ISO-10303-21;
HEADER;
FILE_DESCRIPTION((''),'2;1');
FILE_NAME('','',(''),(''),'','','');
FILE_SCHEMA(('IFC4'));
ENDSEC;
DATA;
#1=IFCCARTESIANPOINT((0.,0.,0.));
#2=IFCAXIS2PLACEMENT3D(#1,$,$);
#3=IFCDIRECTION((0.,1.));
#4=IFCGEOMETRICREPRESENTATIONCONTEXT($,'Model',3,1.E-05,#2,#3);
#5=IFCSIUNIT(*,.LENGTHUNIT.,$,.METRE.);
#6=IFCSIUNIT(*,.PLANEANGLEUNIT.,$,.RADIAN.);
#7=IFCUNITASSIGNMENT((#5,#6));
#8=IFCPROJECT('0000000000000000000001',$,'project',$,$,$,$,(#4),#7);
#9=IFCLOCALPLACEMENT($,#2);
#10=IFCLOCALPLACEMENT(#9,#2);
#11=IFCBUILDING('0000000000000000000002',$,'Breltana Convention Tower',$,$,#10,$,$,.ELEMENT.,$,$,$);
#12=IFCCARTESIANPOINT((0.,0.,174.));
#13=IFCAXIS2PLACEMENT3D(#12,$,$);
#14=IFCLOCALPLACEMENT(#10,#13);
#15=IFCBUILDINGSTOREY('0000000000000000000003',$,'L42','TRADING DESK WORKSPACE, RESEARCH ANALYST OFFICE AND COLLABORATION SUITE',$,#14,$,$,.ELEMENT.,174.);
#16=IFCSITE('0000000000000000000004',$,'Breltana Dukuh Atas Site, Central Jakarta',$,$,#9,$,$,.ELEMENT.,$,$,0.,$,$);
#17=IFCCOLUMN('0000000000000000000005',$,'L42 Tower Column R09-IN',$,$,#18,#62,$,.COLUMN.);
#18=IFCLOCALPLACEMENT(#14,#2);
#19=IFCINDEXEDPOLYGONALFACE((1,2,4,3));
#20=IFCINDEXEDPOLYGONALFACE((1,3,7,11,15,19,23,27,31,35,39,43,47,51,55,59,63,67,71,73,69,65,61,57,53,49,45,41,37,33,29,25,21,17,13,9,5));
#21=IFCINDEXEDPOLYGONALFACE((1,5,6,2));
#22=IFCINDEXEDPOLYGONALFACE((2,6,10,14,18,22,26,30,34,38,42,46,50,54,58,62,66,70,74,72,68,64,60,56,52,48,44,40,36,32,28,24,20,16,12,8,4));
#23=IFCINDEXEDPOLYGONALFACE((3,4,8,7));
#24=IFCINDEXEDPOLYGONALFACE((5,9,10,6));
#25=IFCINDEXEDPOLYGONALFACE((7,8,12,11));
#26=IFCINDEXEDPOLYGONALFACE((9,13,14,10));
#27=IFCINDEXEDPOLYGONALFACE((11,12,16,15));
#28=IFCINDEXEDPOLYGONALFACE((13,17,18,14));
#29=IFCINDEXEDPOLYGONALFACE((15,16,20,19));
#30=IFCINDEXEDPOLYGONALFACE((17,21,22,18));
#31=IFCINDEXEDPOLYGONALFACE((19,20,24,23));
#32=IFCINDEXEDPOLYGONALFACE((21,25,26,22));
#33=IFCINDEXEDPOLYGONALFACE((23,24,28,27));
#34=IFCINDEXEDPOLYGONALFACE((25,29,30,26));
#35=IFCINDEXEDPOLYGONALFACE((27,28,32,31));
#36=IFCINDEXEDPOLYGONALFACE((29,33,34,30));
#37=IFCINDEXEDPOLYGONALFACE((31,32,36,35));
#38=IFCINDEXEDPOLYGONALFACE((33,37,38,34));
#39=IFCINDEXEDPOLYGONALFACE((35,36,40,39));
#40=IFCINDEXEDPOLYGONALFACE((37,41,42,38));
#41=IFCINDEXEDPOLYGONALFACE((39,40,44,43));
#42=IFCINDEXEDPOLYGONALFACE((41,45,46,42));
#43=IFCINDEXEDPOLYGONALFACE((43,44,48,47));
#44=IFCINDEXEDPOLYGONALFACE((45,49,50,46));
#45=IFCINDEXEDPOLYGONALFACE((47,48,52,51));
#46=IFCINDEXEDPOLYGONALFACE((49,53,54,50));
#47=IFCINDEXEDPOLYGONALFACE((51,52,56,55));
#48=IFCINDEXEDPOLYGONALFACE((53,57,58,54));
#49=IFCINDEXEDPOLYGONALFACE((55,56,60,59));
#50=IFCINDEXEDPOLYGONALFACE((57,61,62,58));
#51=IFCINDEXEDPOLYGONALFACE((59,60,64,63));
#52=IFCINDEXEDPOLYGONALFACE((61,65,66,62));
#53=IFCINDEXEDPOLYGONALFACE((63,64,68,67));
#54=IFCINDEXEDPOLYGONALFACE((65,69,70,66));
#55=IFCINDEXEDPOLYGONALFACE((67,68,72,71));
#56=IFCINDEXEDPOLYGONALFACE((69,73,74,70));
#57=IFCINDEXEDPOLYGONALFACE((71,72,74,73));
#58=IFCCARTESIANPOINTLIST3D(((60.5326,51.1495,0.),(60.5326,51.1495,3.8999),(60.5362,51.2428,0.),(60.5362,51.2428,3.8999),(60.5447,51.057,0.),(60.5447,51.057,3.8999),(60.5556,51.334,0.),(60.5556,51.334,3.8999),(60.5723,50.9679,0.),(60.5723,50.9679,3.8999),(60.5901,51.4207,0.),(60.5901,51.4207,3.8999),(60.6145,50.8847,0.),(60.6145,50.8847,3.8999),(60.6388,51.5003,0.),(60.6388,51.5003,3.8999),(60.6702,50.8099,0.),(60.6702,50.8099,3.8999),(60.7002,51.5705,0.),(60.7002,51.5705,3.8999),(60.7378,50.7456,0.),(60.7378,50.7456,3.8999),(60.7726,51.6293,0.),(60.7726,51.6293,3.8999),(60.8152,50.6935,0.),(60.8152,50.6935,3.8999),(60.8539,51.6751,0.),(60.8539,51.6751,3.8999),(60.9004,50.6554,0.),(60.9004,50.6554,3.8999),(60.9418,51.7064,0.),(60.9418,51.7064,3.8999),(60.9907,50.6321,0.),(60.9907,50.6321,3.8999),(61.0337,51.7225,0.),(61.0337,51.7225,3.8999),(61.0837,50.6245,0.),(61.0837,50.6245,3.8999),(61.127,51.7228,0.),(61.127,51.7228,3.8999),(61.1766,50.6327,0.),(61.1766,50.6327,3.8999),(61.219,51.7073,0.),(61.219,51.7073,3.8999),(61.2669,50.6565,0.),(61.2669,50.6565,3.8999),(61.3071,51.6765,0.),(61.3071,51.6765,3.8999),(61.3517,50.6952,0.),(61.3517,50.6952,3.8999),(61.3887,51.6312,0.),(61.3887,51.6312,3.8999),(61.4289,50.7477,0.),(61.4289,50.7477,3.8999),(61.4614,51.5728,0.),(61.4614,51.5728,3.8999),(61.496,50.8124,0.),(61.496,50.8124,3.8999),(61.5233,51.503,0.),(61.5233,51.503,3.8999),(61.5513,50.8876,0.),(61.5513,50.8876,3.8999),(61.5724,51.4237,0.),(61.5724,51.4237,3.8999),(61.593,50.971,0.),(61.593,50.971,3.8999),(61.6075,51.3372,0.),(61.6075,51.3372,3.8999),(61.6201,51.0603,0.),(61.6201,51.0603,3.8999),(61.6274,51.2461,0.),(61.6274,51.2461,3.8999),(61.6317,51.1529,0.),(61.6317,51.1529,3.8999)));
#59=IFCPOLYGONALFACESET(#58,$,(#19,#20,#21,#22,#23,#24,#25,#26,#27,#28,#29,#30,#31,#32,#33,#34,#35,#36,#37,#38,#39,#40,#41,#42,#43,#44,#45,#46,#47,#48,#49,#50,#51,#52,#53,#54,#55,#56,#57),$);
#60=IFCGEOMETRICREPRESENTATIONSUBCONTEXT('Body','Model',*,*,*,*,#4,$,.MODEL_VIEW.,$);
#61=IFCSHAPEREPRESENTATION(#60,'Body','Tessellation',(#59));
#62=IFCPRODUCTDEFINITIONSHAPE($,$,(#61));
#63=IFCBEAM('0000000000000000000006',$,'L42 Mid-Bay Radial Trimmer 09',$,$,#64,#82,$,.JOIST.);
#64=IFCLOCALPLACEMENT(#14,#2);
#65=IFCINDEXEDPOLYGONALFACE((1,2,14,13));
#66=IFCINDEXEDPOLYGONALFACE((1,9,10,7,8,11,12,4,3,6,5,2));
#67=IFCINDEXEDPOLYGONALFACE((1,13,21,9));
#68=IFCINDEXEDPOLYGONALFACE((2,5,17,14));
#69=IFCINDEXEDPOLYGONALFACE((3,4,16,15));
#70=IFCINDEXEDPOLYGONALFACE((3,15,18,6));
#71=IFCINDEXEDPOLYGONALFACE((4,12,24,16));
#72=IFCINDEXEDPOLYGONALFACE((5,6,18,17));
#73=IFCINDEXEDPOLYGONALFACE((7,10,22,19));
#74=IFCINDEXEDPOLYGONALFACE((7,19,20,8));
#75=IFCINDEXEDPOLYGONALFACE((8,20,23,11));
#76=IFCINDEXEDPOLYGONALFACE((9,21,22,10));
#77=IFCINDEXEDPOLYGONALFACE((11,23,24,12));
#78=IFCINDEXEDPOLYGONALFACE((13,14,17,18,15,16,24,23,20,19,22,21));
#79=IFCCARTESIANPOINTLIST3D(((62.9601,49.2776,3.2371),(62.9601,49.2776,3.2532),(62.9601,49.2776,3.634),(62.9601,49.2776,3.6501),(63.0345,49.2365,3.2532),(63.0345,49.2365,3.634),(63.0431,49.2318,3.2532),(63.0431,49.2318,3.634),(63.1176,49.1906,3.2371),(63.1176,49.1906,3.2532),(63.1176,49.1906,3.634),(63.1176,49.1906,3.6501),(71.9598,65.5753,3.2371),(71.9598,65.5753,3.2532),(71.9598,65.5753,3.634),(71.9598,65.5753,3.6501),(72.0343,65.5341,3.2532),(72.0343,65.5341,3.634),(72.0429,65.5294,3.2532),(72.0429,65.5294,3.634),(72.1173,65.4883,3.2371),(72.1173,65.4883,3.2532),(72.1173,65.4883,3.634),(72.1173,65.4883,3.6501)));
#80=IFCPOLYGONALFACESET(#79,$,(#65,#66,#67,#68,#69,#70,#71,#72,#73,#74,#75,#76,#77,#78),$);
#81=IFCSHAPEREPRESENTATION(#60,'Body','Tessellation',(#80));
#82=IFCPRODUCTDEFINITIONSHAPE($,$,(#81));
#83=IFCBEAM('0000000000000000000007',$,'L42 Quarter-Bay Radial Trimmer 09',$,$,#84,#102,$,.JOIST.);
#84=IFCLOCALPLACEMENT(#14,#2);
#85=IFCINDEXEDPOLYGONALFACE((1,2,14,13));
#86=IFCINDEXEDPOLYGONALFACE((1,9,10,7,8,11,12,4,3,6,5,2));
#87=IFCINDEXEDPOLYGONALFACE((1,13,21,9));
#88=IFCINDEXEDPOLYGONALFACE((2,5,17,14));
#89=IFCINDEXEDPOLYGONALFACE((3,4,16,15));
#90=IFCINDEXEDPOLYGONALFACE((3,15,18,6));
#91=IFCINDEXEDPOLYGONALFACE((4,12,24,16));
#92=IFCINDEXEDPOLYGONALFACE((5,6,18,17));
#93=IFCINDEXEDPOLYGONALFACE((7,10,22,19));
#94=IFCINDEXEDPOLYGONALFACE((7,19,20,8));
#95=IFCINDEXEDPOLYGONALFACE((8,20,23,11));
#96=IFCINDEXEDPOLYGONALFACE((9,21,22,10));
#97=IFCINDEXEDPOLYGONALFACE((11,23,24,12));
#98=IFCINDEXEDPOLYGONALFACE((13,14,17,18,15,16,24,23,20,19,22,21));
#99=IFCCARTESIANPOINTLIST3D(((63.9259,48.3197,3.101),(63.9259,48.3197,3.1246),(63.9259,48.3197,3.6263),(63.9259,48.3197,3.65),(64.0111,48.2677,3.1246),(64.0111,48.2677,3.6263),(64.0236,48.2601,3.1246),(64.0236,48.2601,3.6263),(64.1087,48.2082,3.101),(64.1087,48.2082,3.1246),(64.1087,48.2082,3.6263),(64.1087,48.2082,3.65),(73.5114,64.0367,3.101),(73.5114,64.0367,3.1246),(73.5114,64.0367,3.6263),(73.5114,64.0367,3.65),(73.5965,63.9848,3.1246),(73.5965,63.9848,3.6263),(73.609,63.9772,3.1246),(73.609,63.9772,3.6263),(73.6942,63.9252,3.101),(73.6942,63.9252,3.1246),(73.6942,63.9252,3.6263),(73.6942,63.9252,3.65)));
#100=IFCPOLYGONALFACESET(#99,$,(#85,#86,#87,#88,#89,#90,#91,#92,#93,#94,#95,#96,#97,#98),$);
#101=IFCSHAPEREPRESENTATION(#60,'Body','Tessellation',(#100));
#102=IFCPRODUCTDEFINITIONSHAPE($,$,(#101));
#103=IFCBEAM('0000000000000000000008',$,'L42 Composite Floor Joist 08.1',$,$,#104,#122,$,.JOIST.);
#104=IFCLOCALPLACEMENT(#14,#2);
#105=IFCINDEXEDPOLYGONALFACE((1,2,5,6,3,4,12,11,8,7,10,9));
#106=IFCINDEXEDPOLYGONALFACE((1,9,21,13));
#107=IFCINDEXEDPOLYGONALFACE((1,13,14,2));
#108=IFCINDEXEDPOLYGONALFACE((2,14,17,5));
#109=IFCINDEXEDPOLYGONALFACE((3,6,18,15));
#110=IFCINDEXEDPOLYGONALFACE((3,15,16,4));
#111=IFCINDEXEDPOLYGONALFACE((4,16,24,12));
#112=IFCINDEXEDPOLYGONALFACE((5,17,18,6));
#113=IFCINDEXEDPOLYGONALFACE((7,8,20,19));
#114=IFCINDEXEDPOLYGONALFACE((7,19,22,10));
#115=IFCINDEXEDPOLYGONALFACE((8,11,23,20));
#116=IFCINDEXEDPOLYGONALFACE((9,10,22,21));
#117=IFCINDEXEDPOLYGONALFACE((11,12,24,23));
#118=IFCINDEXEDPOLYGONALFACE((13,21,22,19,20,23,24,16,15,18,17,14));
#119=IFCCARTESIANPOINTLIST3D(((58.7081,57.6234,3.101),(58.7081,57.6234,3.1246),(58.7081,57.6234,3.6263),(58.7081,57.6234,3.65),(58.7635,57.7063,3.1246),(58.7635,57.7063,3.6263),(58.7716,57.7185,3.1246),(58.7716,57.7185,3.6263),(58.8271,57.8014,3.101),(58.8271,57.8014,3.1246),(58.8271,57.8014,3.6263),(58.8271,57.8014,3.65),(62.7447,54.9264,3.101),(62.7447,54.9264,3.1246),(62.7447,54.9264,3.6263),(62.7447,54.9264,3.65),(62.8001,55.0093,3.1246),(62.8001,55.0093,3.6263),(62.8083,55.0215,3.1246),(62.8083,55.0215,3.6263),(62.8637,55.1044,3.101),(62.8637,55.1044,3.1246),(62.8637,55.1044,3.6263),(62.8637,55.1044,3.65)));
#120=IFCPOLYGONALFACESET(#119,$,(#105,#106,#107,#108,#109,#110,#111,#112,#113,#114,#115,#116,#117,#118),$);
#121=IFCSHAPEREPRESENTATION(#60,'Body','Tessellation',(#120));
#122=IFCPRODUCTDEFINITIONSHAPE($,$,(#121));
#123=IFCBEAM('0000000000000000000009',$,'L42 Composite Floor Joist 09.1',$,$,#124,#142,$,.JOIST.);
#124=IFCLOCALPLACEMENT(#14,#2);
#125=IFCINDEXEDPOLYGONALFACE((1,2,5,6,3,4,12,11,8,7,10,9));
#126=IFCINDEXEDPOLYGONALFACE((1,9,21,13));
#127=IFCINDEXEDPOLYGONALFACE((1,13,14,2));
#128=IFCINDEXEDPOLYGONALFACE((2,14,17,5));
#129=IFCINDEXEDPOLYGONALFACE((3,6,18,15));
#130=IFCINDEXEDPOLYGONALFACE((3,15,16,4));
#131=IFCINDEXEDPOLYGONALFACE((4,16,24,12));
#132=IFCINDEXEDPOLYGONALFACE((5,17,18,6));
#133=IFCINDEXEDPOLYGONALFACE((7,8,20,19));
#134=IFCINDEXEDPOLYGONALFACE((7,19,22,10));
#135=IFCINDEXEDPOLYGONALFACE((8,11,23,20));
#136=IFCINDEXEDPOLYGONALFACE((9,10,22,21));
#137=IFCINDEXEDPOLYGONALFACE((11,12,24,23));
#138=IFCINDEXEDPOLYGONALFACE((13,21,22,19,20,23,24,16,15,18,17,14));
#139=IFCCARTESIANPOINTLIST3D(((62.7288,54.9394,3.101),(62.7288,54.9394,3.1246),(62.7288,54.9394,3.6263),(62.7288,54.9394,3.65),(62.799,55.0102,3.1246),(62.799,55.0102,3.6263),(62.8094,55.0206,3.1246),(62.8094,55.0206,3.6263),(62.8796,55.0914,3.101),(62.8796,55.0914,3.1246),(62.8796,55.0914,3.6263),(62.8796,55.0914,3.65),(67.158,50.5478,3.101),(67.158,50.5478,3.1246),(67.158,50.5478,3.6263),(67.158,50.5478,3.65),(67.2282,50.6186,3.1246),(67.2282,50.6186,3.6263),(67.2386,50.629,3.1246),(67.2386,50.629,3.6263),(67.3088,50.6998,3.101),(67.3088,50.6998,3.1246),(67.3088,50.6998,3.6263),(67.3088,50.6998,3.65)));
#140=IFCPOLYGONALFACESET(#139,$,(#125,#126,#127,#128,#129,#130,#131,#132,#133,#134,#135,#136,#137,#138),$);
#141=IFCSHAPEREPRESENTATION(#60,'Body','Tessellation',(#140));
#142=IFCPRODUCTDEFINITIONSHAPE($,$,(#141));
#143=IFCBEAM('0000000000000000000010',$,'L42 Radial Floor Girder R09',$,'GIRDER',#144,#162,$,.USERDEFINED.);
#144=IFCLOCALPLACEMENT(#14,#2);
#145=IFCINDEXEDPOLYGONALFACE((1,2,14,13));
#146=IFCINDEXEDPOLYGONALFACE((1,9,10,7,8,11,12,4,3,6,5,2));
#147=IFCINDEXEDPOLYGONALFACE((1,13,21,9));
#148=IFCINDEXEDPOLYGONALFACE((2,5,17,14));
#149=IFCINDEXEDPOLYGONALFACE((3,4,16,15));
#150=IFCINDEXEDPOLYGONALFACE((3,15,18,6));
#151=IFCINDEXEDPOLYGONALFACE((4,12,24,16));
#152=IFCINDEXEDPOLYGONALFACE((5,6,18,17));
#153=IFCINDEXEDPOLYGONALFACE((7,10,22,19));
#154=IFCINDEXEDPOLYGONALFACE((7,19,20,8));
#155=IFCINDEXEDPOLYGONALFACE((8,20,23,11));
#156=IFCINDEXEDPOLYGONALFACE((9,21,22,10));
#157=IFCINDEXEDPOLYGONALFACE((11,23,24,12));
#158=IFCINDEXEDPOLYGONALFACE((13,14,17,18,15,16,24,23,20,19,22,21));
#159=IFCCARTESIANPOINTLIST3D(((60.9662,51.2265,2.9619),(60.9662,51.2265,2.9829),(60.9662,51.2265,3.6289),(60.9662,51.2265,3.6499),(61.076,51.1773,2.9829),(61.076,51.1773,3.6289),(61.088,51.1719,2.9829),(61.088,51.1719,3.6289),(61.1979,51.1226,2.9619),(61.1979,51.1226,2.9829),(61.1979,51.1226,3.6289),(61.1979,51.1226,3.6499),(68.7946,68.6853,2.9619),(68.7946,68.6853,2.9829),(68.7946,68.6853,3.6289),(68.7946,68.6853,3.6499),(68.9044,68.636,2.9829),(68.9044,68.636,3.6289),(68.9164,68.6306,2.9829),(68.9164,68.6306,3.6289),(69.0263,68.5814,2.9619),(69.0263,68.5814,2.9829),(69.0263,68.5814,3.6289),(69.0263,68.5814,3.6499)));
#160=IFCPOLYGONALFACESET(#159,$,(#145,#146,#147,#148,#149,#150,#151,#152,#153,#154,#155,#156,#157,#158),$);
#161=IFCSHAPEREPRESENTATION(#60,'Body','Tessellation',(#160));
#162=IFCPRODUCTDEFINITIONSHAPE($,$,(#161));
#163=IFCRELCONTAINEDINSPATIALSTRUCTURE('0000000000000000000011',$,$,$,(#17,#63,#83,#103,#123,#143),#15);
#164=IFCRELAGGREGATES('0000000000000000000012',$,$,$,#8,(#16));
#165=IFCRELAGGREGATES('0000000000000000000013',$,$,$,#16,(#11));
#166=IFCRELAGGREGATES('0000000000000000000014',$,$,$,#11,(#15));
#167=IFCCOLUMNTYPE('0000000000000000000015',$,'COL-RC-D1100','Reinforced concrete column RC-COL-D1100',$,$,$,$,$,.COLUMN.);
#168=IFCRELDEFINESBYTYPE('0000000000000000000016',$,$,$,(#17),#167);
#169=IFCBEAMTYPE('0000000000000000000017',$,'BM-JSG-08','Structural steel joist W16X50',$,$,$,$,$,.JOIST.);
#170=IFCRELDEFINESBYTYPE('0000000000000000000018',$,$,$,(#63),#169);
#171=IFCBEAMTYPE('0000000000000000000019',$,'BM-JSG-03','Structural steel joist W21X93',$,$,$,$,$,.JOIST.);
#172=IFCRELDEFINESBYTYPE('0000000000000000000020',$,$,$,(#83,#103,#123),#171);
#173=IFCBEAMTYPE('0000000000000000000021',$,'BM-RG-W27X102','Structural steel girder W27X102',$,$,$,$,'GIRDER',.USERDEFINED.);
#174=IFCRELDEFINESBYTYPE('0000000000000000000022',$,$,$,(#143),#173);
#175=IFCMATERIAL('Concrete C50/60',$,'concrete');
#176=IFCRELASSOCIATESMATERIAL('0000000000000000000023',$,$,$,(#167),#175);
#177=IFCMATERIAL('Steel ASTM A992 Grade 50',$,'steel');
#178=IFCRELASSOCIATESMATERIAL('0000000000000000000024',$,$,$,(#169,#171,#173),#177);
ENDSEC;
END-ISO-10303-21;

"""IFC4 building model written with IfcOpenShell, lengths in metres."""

from ifc_helpers import new_model, si_unit, direction, frame, origin, origin_2d, place, context, subcontext, project, spatial, circle, i_section, extrude, source, transform, mapped, material, material_profile, profile_set, type_object, element, save


model = new_model("IFC4")

# Units and contexts
model_context = context("Model", 3, precision=1e-05, world=origin(), true_north=direction((0.0, 1.0)))
body_context = subcontext(model_context, "Body", "Model", "MODEL_VIEW")
ifc_project = project(units=[si_unit("LENGTHUNIT", "METRE"), si_unit("PLANEANGLEUNIT", "RADIAN")], contexts=[model_context])

# Site, building, storey
site_placement = place(None, origin())
site = spatial("IfcSite", under=ifc_project, at=site_placement, Name="Breltana Dukuh Atas Site, Central Jakarta", CompositionType="ELEMENT", RefElevation=0.0)
building_placement = place(site_placement, origin())
building = spatial("IfcBuilding", under=site, at=building_placement, Name="Breltana Convention Tower", CompositionType="ELEMENT")
storey_placement = place(building_placement, frame((0.0, 0.0, 174.0)))
storey = spatial("IfcBuildingStorey", under=building, at=storey_placement, Name="L42", Description="TRADING DESK WORKSPACE, RESEARCH ANALYST OFFICE AND COLLABORATION SUITE", CompositionType="ELEMENT", Elevation=174.0)

# Column
ifc_material_1 = material(Name="Concrete C50/60", Category="concrete")
ifc_material_profile_1 = material_profile(ifc_material_1, circle(Radius=0.55, at=origin_2d()), Name="RC-COL-D1100")
ifc_profile_set_1 = profile_set([ifc_material_profile_1], Name="Concrete C50/60")
column_type = type_object("IfcColumnType", Name="COL-RC-D1100", Description="Reinforced concrete column RC-COL-D1100", PredefinedType="COLUMN", material=ifc_profile_set_1)
shared_shape_1 = source(origin(), body_context, "Body", "SweptSolid", [
    extrude(circle(Radius=0.55, at=origin_2d()), origin(), (0.0, 0.0, 1.0), 3.8999),
])
column_placement = place(storey_placement, frame((61.082, 51.1746, 0.0), z_axis=(0.0, 0.0, 1.0), x_axis=(0.409127, 0.912477, 0.0)))
element("IfcColumn", 1, at=column_placement, inside=storey, type_object=column_type, Name="L42 Tower Column R09-IN", PredefinedType="COLUMN", context=body_context, shape_type="MappedRepresentation", body=[
    mapped(shared_shape_1, transform((0.0, 0.0, 0.0), scale=1.0)),
])

# Beams
ifc_material_2 = material(Name="Steel ASTM A992 Grade 50", Category="steel")
ifc_material_profile_2 = material_profile(ifc_material_2, i_section(OverallWidth=0.1799, OverallDepth=0.4131, WebThickness=0.0098, FlangeThickness=0.0161, at=origin_2d()), Name="W16X50")
ifc_profile_set_2 = profile_set([ifc_material_profile_2], Name="Steel ASTM A992 Grade 50")
beam_type_1 = type_object("IfcBeamType", Name="BM-JSG-08", Description="Structural steel joist W16X50", PredefinedType="JOIST", material=ifc_profile_set_2)
shared_shape_2 = source(origin(), body_context, "Body", "SweptSolid", [
    extrude(i_section(OverallWidth=0.1799, OverallDepth=0.4131, WebThickness=0.0098, FlangeThickness=0.0161, at=origin_2d()), origin(), (0.0, 0.0, 1.0), 18.6174),
])
beam_1_placement = place(storey_placement, frame((63.0388, 49.2341, 3.4436), z_axis=(0.483406, 0.875396, 0.0), x_axis=(-0.875396, 0.483406, 0.0)))
element("IfcBeam", 2, at=beam_1_placement, inside=storey, type_object=beam_type_1, Name="L42 Mid-Bay Radial Trimmer 09", PredefinedType="JOIST", context=body_context, shape_type="MappedRepresentation", body=[
    mapped(shared_shape_2, transform((0.0, 0.0, 0.0), scale=1.0)),
])
ifc_material_profile_3 = material_profile(ifc_material_2, i_section(OverallWidth=0.2141, OverallDepth=0.5491, WebThickness=0.0146, FlangeThickness=0.0237, at=origin_2d()), Name="W21X93")
ifc_profile_set_3 = profile_set([ifc_material_profile_3], Name="Steel ASTM A992 Grade 50")
beam_type_2 = type_object("IfcBeamType", Name="BM-JSG-03", Description="Structural steel joist W21X93", PredefinedType="JOIST", material=ifc_profile_set_3)
shared_shape_3 = source(origin(), body_context, "Body", "SweptSolid", [
    extrude(i_section(OverallWidth=0.2141, OverallDepth=0.5491, WebThickness=0.0146, FlangeThickness=0.0237, at=origin_2d()), origin(), (0.0, 0.0, 1.0), 18.4094),
])
beam_2_placement = place(storey_placement, frame((64.0173, 48.2639, 3.3755), z_axis=(0.520682, 0.853751, 0.0), x_axis=(-0.853751, 0.520682, 0.0)))
element("IfcBeam", 3, at=beam_2_placement, inside=storey, type_object=beam_type_2, Name="L42 Quarter-Bay Radial Trimmer 09", PredefinedType="JOIST", context=body_context, shape_type="MappedRepresentation", body=[
    mapped(shared_shape_3, transform((0.0, 0.0, 0.0), scale=1.0)),
])
shared_shape_4 = source(origin(), body_context, "Body", "SweptSolid", [
    extrude(i_section(OverallWidth=0.2141, OverallDepth=0.5491, WebThickness=0.0146, FlangeThickness=0.0237, at=origin_2d()), origin(), (0.0, 0.0, 1.0), 4.8547),
])
beam_3_placement = place(storey_placement, frame((58.7676, 57.7124, 3.3755), z_axis=(0.831485, -0.555547, 0.0), x_axis=(0.555547, 0.831485, 0.0)))
element("IfcBeam", 4, at=beam_3_placement, inside=storey, type_object=beam_type_2, Name="L42 Composite Floor Joist 08.1", PredefinedType="JOIST", context=body_context, shape_type="MappedRepresentation", body=[
    mapped(shared_shape_4, transform((0.0, 0.0, 0.0), scale=1.0)),
])
shared_shape_5 = source(origin(), body_context, "Body", "SweptSolid", [
    extrude(i_section(OverallWidth=0.2141, OverallDepth=0.5491, WebThickness=0.0146, FlangeThickness=0.0237, at=origin_2d()), origin(), (0.0, 0.0, 1.0), 6.2373),
])
beam_4_placement = place(storey_placement, frame((62.8042, 55.0154, 3.3755), z_axis=(0.710114, -0.704086, 0.0), x_axis=(0.704086, 0.710114, 0.0)))
element("IfcBeam", 5, at=beam_4_placement, inside=storey, type_object=beam_type_2, Name="L42 Composite Floor Joist 09.1", PredefinedType="JOIST", context=body_context, shape_type="MappedRepresentation", body=[
    mapped(shared_shape_5, transform((0.0, 0.0, 0.0), scale=1.0)),
])
ifc_material_profile_4 = material_profile(ifc_material_2, i_section(OverallWidth=0.2539, OverallDepth=0.688, WebThickness=0.0132, FlangeThickness=0.021, at=origin_2d()), Name="W27X102")
ifc_profile_set_4 = profile_set([ifc_material_profile_4], Name="Steel ASTM A992 Grade 50")
beam_type_3 = type_object("IfcBeamType", Name="BM-RG-W27X102", Description="Structural steel girder W27X102", ElementType="GIRDER", PredefinedType="USERDEFINED", material=ifc_profile_set_4)
shared_shape_6 = source(origin(), body_context, "Body", "SweptSolid", [
    extrude(i_section(OverallWidth=0.2539, OverallDepth=0.688, WebThickness=0.0132, FlangeThickness=0.021, at=origin_2d()), origin(), (0.0, 0.0, 1.0), 19.1335),
])
beam_5_placement = place(storey_placement, frame((61.082, 51.1746, 3.3059), z_axis=(0.409145, 0.91247, 0.0), x_axis=(-0.91247, 0.409145, 0.0)))
element("IfcBeam", 6, at=beam_5_placement, inside=storey, type_object=beam_type_3, Name="L42 Radial Floor Girder R09", ObjectType="GIRDER", PredefinedType="USERDEFINED", context=body_context, shape_type="MappedRepresentation", body=[
    mapped(shared_shape_6, transform((0.0, 0.0, 0.0), scale=1.0)),
])

save(model, "model.ifc")
